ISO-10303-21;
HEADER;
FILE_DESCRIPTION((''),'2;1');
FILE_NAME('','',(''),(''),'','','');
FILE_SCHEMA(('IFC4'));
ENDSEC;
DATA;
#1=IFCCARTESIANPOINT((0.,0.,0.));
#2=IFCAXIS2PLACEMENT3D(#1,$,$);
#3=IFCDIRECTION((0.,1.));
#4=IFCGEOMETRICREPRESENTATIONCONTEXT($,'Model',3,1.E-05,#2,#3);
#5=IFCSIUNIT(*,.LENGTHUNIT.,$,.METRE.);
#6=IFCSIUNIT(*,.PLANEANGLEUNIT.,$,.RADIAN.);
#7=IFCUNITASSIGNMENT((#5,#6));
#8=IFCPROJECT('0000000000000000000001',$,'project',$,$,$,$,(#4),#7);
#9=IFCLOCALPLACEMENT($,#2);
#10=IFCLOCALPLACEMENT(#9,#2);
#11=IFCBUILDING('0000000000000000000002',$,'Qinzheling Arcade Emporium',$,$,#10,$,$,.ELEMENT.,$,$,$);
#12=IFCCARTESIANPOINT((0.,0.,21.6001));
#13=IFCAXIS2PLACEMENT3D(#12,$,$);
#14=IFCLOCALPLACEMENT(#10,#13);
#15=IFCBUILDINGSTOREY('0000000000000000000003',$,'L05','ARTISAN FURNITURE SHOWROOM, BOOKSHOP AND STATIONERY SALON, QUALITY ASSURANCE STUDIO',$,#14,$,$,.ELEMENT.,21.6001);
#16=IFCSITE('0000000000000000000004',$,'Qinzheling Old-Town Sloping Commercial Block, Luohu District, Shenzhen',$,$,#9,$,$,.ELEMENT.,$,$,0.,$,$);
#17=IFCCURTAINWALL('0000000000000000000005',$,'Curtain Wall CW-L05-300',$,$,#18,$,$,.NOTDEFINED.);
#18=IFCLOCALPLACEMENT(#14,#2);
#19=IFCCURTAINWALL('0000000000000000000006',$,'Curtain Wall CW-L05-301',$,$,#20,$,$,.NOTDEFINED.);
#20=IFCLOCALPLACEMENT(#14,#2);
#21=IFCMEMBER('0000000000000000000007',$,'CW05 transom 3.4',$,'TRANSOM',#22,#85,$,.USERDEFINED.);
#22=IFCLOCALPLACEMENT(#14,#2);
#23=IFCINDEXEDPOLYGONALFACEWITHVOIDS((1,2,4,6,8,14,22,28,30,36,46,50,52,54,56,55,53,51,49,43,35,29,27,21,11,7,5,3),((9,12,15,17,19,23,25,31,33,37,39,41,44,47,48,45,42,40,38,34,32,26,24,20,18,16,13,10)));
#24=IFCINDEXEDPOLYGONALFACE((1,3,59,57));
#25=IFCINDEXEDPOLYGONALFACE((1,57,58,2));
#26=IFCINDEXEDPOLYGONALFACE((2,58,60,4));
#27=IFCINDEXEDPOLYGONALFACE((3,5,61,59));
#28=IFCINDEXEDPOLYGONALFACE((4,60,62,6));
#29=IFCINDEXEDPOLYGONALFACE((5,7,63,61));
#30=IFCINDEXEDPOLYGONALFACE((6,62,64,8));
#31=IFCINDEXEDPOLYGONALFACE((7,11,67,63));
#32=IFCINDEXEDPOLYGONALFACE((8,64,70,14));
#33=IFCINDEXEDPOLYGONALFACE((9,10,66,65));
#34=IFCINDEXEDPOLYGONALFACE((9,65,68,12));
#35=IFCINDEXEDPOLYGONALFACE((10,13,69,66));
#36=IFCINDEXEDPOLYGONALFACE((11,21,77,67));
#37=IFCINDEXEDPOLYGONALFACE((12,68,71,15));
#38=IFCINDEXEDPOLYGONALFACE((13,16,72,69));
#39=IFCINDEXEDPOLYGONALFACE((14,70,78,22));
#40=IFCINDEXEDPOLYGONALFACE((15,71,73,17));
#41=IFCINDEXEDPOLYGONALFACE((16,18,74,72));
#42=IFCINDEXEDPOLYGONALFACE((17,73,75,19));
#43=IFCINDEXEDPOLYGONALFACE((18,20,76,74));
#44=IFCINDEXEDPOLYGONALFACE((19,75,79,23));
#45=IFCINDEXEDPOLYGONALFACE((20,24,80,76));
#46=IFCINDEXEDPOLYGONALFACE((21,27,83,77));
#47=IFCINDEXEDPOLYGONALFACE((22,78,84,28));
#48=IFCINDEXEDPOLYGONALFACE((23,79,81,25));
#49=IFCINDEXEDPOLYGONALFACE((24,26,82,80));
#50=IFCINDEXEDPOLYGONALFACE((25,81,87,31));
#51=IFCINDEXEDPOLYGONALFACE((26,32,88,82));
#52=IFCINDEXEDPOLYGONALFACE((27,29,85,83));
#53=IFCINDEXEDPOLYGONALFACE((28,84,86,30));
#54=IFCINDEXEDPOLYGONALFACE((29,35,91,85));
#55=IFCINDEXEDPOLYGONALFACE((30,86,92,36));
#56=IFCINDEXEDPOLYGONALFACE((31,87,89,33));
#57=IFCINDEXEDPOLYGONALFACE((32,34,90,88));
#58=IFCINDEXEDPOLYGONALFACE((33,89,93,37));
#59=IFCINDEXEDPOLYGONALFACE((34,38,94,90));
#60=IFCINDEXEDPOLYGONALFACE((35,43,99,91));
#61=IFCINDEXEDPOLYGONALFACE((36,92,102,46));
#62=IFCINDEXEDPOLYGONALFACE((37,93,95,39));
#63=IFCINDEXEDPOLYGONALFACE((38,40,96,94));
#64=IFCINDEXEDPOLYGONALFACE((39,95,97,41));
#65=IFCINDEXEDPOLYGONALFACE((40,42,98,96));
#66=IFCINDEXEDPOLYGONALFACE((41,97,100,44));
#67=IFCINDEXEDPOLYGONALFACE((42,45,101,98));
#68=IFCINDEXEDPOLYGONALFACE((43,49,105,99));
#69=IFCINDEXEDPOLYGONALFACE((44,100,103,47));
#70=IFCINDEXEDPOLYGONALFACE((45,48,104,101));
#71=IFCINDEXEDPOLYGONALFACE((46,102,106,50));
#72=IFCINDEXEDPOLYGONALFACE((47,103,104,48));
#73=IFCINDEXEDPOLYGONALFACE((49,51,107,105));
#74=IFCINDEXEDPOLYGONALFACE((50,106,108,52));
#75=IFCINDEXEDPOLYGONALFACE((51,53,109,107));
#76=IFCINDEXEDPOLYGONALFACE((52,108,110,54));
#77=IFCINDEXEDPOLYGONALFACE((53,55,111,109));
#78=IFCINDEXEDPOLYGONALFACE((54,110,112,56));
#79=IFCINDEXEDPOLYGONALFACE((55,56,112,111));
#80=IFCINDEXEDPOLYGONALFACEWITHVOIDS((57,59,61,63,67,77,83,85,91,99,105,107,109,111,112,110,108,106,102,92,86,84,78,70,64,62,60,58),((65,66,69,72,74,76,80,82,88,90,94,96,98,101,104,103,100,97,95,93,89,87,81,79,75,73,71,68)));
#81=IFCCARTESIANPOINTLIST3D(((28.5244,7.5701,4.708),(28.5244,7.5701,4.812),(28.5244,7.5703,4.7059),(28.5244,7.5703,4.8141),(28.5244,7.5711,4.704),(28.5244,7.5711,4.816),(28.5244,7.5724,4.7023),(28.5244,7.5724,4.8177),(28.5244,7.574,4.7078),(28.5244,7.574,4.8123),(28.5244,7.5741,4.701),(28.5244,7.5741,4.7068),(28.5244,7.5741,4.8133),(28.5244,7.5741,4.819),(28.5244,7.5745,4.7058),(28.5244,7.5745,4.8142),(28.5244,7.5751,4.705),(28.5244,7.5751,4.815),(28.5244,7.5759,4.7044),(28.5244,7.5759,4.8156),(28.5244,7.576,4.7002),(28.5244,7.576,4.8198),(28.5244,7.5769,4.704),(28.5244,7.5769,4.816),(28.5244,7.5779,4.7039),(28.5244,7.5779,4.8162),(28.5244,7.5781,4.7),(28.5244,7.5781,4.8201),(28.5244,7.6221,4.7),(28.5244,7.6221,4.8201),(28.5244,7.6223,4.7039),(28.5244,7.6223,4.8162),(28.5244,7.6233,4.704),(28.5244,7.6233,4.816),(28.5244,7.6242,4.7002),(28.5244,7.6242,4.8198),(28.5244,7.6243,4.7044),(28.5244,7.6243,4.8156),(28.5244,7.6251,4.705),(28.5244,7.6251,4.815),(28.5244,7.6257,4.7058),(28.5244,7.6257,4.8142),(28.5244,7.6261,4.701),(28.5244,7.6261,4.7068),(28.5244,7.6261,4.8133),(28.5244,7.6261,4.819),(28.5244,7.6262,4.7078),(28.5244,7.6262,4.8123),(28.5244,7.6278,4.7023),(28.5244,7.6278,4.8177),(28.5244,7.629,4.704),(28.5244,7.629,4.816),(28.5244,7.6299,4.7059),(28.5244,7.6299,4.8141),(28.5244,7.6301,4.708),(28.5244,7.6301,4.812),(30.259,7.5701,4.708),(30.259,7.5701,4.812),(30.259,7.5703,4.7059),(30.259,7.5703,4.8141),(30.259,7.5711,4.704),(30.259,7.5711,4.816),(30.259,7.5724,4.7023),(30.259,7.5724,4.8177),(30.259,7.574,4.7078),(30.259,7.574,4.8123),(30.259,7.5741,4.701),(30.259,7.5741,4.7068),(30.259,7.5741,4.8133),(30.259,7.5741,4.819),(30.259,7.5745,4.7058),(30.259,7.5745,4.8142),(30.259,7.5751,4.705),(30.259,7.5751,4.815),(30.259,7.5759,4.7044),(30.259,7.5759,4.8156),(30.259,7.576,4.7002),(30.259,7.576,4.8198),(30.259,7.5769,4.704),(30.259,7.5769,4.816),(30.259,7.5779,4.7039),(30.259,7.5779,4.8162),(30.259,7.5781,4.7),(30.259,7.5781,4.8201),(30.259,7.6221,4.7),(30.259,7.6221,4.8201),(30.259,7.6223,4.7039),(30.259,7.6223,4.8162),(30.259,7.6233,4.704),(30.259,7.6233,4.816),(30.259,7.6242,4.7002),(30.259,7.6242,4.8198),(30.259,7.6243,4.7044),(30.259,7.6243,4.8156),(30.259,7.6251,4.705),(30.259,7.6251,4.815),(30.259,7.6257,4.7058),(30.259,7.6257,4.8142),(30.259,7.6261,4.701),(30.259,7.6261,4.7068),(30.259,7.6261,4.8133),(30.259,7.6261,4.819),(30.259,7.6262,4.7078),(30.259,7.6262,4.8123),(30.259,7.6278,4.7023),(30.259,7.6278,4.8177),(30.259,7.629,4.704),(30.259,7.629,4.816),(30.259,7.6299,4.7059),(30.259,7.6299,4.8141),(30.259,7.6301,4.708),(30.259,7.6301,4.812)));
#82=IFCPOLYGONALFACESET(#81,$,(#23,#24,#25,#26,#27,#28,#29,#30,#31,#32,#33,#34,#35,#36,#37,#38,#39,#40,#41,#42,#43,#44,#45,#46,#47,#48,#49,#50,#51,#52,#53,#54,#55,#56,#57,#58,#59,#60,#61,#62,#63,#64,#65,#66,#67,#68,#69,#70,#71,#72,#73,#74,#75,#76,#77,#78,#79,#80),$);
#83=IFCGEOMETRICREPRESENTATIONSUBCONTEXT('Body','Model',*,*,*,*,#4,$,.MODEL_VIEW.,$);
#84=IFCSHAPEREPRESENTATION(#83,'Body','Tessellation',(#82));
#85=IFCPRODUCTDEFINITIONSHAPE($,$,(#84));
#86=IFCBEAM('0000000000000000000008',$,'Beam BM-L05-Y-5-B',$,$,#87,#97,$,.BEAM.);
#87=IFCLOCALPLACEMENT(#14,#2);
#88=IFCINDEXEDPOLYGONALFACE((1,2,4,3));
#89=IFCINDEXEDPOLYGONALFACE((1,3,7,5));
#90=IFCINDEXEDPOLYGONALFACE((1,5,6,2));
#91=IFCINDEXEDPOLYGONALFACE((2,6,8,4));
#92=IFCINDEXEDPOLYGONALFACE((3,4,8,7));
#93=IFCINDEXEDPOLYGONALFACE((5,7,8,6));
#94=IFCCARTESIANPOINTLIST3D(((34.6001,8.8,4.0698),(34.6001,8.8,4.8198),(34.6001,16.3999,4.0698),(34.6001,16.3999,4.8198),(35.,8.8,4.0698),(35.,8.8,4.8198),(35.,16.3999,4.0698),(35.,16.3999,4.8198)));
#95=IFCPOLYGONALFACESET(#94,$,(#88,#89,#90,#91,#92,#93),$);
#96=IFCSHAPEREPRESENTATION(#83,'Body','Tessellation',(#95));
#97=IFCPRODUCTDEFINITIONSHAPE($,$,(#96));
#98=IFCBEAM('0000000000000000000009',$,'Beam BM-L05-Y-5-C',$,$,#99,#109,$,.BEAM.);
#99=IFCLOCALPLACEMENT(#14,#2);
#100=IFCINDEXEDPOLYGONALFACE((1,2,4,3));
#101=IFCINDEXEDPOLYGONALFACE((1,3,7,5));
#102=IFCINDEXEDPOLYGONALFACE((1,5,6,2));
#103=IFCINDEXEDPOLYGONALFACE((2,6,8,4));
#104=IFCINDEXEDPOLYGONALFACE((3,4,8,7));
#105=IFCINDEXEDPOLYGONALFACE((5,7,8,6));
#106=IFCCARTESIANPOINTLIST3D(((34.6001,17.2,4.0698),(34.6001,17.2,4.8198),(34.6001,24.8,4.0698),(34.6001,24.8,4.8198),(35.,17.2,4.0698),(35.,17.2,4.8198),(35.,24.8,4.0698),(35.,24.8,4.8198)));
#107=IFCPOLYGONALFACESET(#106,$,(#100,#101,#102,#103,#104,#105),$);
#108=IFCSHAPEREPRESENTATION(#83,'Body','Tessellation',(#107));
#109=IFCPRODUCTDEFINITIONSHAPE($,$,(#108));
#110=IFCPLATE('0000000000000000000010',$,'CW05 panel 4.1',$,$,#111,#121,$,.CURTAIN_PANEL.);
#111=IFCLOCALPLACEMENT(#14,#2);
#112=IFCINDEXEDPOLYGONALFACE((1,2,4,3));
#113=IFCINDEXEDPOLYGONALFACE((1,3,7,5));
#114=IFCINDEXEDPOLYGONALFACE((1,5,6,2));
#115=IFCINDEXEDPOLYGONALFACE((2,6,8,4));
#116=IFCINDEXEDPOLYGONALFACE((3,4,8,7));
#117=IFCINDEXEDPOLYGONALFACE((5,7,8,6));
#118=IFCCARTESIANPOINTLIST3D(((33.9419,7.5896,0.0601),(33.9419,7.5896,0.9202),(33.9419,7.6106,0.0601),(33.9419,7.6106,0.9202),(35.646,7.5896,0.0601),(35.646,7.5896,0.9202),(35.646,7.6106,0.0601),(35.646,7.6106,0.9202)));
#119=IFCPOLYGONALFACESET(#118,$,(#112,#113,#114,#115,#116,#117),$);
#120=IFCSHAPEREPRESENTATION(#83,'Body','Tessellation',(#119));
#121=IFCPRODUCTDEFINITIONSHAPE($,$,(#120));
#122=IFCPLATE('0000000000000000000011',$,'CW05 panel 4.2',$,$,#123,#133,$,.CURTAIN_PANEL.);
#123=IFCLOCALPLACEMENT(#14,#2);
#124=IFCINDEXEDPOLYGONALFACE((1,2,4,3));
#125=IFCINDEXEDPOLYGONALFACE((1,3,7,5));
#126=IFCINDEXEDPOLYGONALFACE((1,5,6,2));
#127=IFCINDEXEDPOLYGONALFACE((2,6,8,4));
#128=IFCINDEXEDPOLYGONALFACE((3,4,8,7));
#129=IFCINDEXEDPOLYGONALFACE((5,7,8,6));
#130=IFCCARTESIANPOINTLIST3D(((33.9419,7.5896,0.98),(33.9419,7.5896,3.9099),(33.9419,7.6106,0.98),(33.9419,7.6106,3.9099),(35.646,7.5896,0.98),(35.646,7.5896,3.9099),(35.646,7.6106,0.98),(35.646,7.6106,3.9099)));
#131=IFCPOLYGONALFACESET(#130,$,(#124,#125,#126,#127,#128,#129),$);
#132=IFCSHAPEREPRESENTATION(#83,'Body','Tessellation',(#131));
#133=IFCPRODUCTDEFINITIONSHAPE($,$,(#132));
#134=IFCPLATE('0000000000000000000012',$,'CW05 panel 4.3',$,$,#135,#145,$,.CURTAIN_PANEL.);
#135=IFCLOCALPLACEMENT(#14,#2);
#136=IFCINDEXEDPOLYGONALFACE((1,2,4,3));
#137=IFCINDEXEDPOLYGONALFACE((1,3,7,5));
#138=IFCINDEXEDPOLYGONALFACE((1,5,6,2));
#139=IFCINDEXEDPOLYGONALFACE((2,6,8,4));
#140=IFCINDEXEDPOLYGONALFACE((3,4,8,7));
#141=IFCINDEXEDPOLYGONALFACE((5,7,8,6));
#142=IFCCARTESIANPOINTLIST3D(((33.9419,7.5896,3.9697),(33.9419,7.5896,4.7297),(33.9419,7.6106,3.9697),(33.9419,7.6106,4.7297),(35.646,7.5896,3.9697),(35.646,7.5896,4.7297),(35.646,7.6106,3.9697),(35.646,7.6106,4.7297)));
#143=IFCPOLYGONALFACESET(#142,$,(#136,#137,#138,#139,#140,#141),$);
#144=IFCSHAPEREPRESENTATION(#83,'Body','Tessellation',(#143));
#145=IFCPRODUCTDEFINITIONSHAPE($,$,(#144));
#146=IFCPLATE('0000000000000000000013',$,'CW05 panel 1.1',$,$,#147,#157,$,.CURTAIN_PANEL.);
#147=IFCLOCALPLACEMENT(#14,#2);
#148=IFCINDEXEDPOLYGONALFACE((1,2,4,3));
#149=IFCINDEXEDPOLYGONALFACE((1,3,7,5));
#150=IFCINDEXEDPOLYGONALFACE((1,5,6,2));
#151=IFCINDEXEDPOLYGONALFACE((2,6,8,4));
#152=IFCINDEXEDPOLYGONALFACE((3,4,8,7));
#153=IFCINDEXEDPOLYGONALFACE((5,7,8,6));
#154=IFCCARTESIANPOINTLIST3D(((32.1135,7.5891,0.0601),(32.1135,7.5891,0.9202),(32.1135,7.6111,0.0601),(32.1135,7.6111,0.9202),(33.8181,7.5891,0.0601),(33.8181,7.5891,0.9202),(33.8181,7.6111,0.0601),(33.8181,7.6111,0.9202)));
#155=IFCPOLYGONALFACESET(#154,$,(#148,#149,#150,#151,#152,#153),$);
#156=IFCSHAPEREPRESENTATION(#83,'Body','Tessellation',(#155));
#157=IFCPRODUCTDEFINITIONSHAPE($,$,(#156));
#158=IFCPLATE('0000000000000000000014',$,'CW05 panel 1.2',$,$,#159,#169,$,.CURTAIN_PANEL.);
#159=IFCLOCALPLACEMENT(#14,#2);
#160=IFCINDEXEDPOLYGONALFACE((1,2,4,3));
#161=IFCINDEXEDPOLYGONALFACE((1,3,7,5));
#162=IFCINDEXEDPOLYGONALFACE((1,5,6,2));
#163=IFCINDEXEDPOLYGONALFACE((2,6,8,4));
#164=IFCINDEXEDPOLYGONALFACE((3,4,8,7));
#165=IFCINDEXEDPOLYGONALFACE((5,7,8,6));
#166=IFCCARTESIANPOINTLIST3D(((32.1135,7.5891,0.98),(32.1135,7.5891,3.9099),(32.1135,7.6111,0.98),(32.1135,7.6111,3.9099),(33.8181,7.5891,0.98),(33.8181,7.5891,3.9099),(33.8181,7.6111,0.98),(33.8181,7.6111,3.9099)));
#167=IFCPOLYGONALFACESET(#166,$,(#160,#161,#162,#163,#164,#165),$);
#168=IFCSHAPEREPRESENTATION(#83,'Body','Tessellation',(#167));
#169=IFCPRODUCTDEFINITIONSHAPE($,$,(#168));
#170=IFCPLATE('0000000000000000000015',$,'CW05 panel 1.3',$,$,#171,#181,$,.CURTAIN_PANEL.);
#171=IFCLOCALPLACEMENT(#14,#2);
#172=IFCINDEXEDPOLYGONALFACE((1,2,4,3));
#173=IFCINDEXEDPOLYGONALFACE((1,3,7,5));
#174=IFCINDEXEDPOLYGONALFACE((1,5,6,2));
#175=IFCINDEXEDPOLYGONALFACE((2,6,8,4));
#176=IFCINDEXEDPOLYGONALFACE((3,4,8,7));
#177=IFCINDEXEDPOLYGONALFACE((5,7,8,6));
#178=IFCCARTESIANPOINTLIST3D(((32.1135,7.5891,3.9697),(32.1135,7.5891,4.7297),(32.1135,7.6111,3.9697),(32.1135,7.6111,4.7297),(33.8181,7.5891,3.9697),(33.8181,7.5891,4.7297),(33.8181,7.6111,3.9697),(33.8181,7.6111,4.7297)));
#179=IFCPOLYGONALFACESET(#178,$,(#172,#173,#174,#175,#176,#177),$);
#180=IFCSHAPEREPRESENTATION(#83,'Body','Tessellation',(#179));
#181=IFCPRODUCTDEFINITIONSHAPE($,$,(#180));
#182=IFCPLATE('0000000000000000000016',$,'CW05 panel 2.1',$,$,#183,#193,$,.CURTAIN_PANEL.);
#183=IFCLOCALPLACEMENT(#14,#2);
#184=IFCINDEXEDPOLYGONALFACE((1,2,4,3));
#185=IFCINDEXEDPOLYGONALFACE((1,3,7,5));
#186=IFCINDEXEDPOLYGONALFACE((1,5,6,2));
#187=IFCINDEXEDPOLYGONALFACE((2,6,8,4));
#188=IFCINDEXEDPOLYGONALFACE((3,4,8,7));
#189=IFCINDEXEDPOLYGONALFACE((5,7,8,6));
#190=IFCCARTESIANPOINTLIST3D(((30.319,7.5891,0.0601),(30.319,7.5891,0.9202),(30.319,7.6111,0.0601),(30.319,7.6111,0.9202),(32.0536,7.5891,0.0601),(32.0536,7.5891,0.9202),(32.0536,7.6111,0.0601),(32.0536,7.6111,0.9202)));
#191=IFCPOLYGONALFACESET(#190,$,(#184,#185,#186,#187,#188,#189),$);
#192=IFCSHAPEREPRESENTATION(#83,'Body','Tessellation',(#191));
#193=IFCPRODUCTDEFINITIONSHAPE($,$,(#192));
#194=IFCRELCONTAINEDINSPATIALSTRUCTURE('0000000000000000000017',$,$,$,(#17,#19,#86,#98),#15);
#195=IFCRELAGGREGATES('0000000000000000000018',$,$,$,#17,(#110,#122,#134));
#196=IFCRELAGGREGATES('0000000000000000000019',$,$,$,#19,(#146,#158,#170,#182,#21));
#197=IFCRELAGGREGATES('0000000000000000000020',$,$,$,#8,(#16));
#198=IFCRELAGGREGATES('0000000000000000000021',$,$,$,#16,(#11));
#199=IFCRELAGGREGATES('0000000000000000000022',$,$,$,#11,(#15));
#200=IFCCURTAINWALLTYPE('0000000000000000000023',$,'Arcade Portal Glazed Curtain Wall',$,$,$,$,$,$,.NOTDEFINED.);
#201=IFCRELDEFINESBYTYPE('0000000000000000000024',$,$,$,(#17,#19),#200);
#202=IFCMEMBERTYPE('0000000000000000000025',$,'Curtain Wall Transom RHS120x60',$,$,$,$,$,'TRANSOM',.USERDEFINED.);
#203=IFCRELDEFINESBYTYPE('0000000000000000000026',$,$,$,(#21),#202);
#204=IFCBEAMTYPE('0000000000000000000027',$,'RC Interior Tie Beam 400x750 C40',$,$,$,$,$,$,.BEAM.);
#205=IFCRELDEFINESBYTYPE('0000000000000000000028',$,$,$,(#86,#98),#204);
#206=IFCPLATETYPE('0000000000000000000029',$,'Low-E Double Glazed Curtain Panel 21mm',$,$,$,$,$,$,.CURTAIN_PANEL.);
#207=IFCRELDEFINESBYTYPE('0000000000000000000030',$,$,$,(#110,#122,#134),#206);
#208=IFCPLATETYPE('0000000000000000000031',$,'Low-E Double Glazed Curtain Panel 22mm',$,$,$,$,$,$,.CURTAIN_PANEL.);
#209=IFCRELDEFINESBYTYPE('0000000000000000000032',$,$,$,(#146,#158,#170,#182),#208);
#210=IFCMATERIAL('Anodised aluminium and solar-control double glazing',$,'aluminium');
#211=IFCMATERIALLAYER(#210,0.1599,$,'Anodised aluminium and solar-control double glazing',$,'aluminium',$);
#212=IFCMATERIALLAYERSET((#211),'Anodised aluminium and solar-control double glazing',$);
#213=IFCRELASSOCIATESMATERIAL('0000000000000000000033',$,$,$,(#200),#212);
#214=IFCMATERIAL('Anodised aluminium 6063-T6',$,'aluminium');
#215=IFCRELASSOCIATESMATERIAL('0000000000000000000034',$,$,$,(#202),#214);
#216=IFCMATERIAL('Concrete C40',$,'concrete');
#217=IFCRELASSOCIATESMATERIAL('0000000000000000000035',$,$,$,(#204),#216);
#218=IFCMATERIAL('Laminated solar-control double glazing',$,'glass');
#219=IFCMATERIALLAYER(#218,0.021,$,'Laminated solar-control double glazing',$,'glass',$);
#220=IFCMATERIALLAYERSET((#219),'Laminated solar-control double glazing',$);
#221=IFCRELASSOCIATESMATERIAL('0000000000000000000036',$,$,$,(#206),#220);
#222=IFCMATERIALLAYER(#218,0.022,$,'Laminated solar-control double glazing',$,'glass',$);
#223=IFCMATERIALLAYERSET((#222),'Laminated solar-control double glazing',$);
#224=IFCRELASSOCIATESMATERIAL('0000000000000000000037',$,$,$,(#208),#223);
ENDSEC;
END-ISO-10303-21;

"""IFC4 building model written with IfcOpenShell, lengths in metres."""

from ifc_helpers import new_model, si_unit, direction, frame, origin, origin_2d, place, context, subcontext, project, spatial, rectangle, hollow_rectangle, extrude, material, layer, layer_set, material_profile, profile_set, type_object, element, aggregate, save


model = new_model("IFC4")

# Units and contexts
model_context = context("Model", 3, precision=1e-05, world=origin(), true_north=direction((0.0, 1.0)))
body_context = subcontext(model_context, "Body", "Model", "MODEL_VIEW")
ifc_project = project(units=[si_unit("LENGTHUNIT", "METRE"), si_unit("PLANEANGLEUNIT", "RADIAN")], contexts=[model_context])

# Site, building, storey
site_placement = place(None, origin())
site = spatial("IfcSite", under=ifc_project, at=site_placement, Name="Qinzheling Old-Town Sloping Commercial Block, Luohu District, Shenzhen", CompositionType="ELEMENT", RefElevation=0.0)
building_placement = place(site_placement, origin())
building = spatial("IfcBuilding", under=site, at=building_placement, Name="Qinzheling Arcade Emporium", CompositionType="ELEMENT")
storey_placement = place(building_placement, frame((0.0, 0.0, 21.6001)))
storey = spatial("IfcBuildingStorey", under=building, at=storey_placement, Name="L05", Description="ARTISAN FURNITURE SHOWROOM, BOOKSHOP AND STATIONERY SALON, QUALITY ASSURANCE STUDIO", CompositionType="ELEMENT", Elevation=21.6001)

# Shared definitions
ifc_material_1 = material(Name="Concrete C40", Category="concrete")

# Curtain wall
ifc_material_2 = material(Name="Anodised aluminium and solar-control double glazing", Category="aluminium")
ifc_layer_1 = layer(ifc_material_2, 0.1599, Name="Anodised aluminium and solar-control double glazing", Category="aluminium")
ifc_layer_set_1 = layer_set([ifc_layer_1], Name="Anodised aluminium and solar-control double glazing")
curtain_wall_type = type_object("IfcCurtainWallType", Name="Arcade Portal Glazed Curtain Wall", PredefinedType="NOTDEFINED", material=ifc_layer_set_1)
curtain_wall_1_placement = place(storey_placement, origin())
curtain_wall_1 = element("IfcCurtainWall", 1, at=curtain_wall_1_placement, inside=storey, type_object=curtain_wall_type, Name="Curtain Wall CW-L05-300", PredefinedType="NOTDEFINED")
ifc_material_3 = material(Name="Anodised aluminium 6063-T6", Category="aluminium")

# Curtain wall, member
curtain_wall_2_placement = place(storey_placement, origin())
curtain_wall_2 = element("IfcCurtainWall", 2, at=curtain_wall_2_placement, inside=storey, type_object=curtain_wall_type, Name="Curtain Wall CW-L05-301", PredefinedType="NOTDEFINED")
ifc_material_profile_1 = material_profile(ifc_material_3, hollow_rectangle(XDim=0.0601, YDim=0.1201, WallThickness=0.0039, InnerFilletRadius=0.0039, OuterFilletRadius=0.0081, at=origin_2d()), Name="RHS 120x60x4", Category="aluminium")
ifc_profile_set_1 = profile_set([ifc_material_profile_1], Name="Anodised aluminium 6063-T6")
member_type_1 = type_object("IfcMemberType", Name="Curtain Wall Transom RHS120x60", ElementType="TRANSOM", PredefinedType="USERDEFINED", material=ifc_profile_set_1)
member_1_placement = place(storey_placement, frame((30.259, 7.6001, 4.76), z_axis=(-1.0, 0.0, 0.0), x_axis=(0.0, -1.0, 0.0)))
member_1 = element("IfcMember", 3, at=member_1_placement, type_object=member_type_1, Name="CW05 transom 3.4", ObjectType="TRANSOM", PredefinedType="USERDEFINED", context=body_context, shape_type="SweptSolid", body=[
    extrude(hollow_rectangle(XDim=0.0601, YDim=0.1201, WallThickness=0.0039, InnerFilletRadius=0.0039, OuterFilletRadius=0.0081, at=origin_2d()), origin(), (0.0, 0.0, 1.0), 1.7346),
])

# Beams
ifc_material_profile_2 = material_profile(ifc_material_1, rectangle(XDim=0.3999, YDim=0.75, at=origin_2d()), Name="RC 400x750", Category="concrete")
ifc_profile_set_2 = profile_set([ifc_material_profile_2], Name="Concrete C40")
beam_type = type_object("IfcBeamType", Name="RC Interior Tie Beam 400x750 C40", PredefinedType="BEAM", material=ifc_profile_set_2)
beam_1_placement = place(storey_placement, frame((34.8, 8.8, 4.4448), z_axis=(0.0, 1.0, 0.0), x_axis=(-1.0, 0.0, 0.0)))
element("IfcBeam", 4, at=beam_1_placement, inside=storey, type_object=beam_type, Name="Beam BM-L05-Y-5-B", PredefinedType="BEAM", context=body_context, shape_type="SweptSolid", body=[
    extrude(rectangle(XDim=0.3999, YDim=0.75, at=origin_2d()), origin(), (0.0, 0.0, 1.0), 7.5999),
])
beam_2_placement = place(storey_placement, frame((34.8, 17.2, 4.4448), z_axis=(0.0, 1.0, 0.0), x_axis=(-1.0, 0.0, 0.0)))
element("IfcBeam", 5, at=beam_2_placement, inside=storey, type_object=beam_type, Name="Beam BM-L05-Y-5-C", PredefinedType="BEAM", context=body_context, shape_type="SweptSolid", body=[
    extrude(rectangle(XDim=0.3999, YDim=0.75, at=origin_2d()), origin(), (0.0, 0.0, 1.0), 7.6001),
])

# Plates
ifc_material_4 = material(Name="Laminated solar-control double glazing", Category="glass")
ifc_layer_2 = layer(ifc_material_4, 0.021, Name="Laminated solar-control double glazing", Category="glass")
ifc_layer_set_2 = layer_set([ifc_layer_2], Name="Laminated solar-control double glazing")
plate_type_1 = type_object("IfcPlateType", Name="Low-E Double Glazed Curtain Panel 21mm", PredefinedType="CURTAIN_PANEL", material=ifc_layer_set_2)
plate_1_placement = place(storey_placement, frame((34.7939, 7.6001, 0.0601), z_axis=(0.0, 0.0, 1.0), x_axis=(-1.0, 0.0, 0.0)))
plate_1 = element("IfcPlate", 6, at=plate_1_placement, type_object=plate_type_1, Name="CW05 panel 4.1", PredefinedType="CURTAIN_PANEL", context=body_context, shape_type="SweptSolid", body=[
    extrude(rectangle(XDim=1.7041, YDim=0.021, at=origin_2d()), origin(), (0.0, 0.0, 1.0), 0.8601),
])
plate_2_placement = place(storey_placement, frame((34.7939, 7.6001, 0.98), z_axis=(0.0, 0.0, 1.0), x_axis=(-1.0, 0.0, 0.0)))
plate_2 = element("IfcPlate", 7, at=plate_2_placement, type_object=plate_type_1, Name="CW05 panel 4.2", PredefinedType="CURTAIN_PANEL", context=body_context, shape_type="SweptSolid", body=[
    extrude(rectangle(XDim=1.7041, YDim=0.021, at=origin_2d()), origin(), (0.0, 0.0, 1.0), 2.9299),
])
plate_3_placement = place(storey_placement, frame((34.7939, 7.6001, 3.9697), z_axis=(0.0, 0.0, 1.0), x_axis=(-1.0, 0.0, 0.0)))
plate_3 = element("IfcPlate", 8, at=plate_3_placement, type_object=plate_type_1, Name="CW05 panel 4.3", PredefinedType="CURTAIN_PANEL", context=body_context, shape_type="SweptSolid", body=[
    extrude(rectangle(XDim=1.7041, YDim=0.021, at=origin_2d()), origin(), (0.0, 0.0, 1.0), 0.76),
])
aggregate(curtain_wall_1, [plate_1, plate_2, plate_3])
ifc_layer_3 = layer(ifc_material_4, 0.022, Name="Laminated solar-control double glazing", Category="glass")
ifc_layer_set_3 = layer_set([ifc_layer_3], Name="Laminated solar-control double glazing")
plate_type_2 = type_object("IfcPlateType", Name="Low-E Double Glazed Curtain Panel 22mm", PredefinedType="CURTAIN_PANEL", material=ifc_layer_set_3)
plate_4_placement = place(storey_placement, frame((32.9658, 7.6001, 0.0601), z_axis=(0.0, 0.0, 1.0), x_axis=(-1.0, 0.0, 0.0)))
plate_4 = element("IfcPlate", 9, at=plate_4_placement, type_object=plate_type_2, Name="CW05 panel 1.1", PredefinedType="CURTAIN_PANEL", context=body_context, shape_type="SweptSolid", body=[
    extrude(rectangle(XDim=1.7046, YDim=0.022, at=origin_2d()), origin(), (0.0, 0.0, 1.0), 0.8601),
])
plate_5_placement = place(storey_placement, frame((32.9658, 7.6001, 0.98), z_axis=(0.0, 0.0, 1.0), x_axis=(-1.0, 0.0, 0.0)))
plate_5 = element("IfcPlate", 10, at=plate_5_placement, type_object=plate_type_2, Name="CW05 panel 1.2", PredefinedType="CURTAIN_PANEL", context=body_context, shape_type="SweptSolid", body=[
    extrude(rectangle(XDim=1.7046, YDim=0.022, at=origin_2d()), origin(), (0.0, 0.0, 1.0), 2.9299),
])
plate_6_placement = place(storey_placement, frame((32.9658, 7.6001, 3.9697), z_axis=(0.0, 0.0, 1.0), x_axis=(-1.0, 0.0, 0.0)))
plate_6 = element("IfcPlate", 11, at=plate_6_placement, type_object=plate_type_2, Name="CW05 panel 1.3", PredefinedType="CURTAIN_PANEL", context=body_context, shape_type="SweptSolid", body=[
    extrude(rectangle(XDim=1.7046, YDim=0.022, at=origin_2d()), origin(), (0.0, 0.0, 1.0), 0.76),
])
plate_7_placement = place(storey_placement, frame((31.1863, 7.6001, 0.0601), z_axis=(0.0, 0.0, 1.0), x_axis=(-1.0, 0.0, 0.0)))
plate_7 = element("IfcPlate", 12, at=plate_7_placement, type_object=plate_type_2, Name="CW05 panel 2.1", PredefinedType="CURTAIN_PANEL", context=body_context, shape_type="SweptSolid", body=[
    extrude(rectangle(XDim=1.7346, YDim=0.022, at=origin_2d()), origin(), (0.0, 0.0, 1.0), 0.8601),
])
aggregate(curtain_wall_2, [plate_4, plate_5, plate_6, plate_7, member_1])

save(model, "model.ifc")
